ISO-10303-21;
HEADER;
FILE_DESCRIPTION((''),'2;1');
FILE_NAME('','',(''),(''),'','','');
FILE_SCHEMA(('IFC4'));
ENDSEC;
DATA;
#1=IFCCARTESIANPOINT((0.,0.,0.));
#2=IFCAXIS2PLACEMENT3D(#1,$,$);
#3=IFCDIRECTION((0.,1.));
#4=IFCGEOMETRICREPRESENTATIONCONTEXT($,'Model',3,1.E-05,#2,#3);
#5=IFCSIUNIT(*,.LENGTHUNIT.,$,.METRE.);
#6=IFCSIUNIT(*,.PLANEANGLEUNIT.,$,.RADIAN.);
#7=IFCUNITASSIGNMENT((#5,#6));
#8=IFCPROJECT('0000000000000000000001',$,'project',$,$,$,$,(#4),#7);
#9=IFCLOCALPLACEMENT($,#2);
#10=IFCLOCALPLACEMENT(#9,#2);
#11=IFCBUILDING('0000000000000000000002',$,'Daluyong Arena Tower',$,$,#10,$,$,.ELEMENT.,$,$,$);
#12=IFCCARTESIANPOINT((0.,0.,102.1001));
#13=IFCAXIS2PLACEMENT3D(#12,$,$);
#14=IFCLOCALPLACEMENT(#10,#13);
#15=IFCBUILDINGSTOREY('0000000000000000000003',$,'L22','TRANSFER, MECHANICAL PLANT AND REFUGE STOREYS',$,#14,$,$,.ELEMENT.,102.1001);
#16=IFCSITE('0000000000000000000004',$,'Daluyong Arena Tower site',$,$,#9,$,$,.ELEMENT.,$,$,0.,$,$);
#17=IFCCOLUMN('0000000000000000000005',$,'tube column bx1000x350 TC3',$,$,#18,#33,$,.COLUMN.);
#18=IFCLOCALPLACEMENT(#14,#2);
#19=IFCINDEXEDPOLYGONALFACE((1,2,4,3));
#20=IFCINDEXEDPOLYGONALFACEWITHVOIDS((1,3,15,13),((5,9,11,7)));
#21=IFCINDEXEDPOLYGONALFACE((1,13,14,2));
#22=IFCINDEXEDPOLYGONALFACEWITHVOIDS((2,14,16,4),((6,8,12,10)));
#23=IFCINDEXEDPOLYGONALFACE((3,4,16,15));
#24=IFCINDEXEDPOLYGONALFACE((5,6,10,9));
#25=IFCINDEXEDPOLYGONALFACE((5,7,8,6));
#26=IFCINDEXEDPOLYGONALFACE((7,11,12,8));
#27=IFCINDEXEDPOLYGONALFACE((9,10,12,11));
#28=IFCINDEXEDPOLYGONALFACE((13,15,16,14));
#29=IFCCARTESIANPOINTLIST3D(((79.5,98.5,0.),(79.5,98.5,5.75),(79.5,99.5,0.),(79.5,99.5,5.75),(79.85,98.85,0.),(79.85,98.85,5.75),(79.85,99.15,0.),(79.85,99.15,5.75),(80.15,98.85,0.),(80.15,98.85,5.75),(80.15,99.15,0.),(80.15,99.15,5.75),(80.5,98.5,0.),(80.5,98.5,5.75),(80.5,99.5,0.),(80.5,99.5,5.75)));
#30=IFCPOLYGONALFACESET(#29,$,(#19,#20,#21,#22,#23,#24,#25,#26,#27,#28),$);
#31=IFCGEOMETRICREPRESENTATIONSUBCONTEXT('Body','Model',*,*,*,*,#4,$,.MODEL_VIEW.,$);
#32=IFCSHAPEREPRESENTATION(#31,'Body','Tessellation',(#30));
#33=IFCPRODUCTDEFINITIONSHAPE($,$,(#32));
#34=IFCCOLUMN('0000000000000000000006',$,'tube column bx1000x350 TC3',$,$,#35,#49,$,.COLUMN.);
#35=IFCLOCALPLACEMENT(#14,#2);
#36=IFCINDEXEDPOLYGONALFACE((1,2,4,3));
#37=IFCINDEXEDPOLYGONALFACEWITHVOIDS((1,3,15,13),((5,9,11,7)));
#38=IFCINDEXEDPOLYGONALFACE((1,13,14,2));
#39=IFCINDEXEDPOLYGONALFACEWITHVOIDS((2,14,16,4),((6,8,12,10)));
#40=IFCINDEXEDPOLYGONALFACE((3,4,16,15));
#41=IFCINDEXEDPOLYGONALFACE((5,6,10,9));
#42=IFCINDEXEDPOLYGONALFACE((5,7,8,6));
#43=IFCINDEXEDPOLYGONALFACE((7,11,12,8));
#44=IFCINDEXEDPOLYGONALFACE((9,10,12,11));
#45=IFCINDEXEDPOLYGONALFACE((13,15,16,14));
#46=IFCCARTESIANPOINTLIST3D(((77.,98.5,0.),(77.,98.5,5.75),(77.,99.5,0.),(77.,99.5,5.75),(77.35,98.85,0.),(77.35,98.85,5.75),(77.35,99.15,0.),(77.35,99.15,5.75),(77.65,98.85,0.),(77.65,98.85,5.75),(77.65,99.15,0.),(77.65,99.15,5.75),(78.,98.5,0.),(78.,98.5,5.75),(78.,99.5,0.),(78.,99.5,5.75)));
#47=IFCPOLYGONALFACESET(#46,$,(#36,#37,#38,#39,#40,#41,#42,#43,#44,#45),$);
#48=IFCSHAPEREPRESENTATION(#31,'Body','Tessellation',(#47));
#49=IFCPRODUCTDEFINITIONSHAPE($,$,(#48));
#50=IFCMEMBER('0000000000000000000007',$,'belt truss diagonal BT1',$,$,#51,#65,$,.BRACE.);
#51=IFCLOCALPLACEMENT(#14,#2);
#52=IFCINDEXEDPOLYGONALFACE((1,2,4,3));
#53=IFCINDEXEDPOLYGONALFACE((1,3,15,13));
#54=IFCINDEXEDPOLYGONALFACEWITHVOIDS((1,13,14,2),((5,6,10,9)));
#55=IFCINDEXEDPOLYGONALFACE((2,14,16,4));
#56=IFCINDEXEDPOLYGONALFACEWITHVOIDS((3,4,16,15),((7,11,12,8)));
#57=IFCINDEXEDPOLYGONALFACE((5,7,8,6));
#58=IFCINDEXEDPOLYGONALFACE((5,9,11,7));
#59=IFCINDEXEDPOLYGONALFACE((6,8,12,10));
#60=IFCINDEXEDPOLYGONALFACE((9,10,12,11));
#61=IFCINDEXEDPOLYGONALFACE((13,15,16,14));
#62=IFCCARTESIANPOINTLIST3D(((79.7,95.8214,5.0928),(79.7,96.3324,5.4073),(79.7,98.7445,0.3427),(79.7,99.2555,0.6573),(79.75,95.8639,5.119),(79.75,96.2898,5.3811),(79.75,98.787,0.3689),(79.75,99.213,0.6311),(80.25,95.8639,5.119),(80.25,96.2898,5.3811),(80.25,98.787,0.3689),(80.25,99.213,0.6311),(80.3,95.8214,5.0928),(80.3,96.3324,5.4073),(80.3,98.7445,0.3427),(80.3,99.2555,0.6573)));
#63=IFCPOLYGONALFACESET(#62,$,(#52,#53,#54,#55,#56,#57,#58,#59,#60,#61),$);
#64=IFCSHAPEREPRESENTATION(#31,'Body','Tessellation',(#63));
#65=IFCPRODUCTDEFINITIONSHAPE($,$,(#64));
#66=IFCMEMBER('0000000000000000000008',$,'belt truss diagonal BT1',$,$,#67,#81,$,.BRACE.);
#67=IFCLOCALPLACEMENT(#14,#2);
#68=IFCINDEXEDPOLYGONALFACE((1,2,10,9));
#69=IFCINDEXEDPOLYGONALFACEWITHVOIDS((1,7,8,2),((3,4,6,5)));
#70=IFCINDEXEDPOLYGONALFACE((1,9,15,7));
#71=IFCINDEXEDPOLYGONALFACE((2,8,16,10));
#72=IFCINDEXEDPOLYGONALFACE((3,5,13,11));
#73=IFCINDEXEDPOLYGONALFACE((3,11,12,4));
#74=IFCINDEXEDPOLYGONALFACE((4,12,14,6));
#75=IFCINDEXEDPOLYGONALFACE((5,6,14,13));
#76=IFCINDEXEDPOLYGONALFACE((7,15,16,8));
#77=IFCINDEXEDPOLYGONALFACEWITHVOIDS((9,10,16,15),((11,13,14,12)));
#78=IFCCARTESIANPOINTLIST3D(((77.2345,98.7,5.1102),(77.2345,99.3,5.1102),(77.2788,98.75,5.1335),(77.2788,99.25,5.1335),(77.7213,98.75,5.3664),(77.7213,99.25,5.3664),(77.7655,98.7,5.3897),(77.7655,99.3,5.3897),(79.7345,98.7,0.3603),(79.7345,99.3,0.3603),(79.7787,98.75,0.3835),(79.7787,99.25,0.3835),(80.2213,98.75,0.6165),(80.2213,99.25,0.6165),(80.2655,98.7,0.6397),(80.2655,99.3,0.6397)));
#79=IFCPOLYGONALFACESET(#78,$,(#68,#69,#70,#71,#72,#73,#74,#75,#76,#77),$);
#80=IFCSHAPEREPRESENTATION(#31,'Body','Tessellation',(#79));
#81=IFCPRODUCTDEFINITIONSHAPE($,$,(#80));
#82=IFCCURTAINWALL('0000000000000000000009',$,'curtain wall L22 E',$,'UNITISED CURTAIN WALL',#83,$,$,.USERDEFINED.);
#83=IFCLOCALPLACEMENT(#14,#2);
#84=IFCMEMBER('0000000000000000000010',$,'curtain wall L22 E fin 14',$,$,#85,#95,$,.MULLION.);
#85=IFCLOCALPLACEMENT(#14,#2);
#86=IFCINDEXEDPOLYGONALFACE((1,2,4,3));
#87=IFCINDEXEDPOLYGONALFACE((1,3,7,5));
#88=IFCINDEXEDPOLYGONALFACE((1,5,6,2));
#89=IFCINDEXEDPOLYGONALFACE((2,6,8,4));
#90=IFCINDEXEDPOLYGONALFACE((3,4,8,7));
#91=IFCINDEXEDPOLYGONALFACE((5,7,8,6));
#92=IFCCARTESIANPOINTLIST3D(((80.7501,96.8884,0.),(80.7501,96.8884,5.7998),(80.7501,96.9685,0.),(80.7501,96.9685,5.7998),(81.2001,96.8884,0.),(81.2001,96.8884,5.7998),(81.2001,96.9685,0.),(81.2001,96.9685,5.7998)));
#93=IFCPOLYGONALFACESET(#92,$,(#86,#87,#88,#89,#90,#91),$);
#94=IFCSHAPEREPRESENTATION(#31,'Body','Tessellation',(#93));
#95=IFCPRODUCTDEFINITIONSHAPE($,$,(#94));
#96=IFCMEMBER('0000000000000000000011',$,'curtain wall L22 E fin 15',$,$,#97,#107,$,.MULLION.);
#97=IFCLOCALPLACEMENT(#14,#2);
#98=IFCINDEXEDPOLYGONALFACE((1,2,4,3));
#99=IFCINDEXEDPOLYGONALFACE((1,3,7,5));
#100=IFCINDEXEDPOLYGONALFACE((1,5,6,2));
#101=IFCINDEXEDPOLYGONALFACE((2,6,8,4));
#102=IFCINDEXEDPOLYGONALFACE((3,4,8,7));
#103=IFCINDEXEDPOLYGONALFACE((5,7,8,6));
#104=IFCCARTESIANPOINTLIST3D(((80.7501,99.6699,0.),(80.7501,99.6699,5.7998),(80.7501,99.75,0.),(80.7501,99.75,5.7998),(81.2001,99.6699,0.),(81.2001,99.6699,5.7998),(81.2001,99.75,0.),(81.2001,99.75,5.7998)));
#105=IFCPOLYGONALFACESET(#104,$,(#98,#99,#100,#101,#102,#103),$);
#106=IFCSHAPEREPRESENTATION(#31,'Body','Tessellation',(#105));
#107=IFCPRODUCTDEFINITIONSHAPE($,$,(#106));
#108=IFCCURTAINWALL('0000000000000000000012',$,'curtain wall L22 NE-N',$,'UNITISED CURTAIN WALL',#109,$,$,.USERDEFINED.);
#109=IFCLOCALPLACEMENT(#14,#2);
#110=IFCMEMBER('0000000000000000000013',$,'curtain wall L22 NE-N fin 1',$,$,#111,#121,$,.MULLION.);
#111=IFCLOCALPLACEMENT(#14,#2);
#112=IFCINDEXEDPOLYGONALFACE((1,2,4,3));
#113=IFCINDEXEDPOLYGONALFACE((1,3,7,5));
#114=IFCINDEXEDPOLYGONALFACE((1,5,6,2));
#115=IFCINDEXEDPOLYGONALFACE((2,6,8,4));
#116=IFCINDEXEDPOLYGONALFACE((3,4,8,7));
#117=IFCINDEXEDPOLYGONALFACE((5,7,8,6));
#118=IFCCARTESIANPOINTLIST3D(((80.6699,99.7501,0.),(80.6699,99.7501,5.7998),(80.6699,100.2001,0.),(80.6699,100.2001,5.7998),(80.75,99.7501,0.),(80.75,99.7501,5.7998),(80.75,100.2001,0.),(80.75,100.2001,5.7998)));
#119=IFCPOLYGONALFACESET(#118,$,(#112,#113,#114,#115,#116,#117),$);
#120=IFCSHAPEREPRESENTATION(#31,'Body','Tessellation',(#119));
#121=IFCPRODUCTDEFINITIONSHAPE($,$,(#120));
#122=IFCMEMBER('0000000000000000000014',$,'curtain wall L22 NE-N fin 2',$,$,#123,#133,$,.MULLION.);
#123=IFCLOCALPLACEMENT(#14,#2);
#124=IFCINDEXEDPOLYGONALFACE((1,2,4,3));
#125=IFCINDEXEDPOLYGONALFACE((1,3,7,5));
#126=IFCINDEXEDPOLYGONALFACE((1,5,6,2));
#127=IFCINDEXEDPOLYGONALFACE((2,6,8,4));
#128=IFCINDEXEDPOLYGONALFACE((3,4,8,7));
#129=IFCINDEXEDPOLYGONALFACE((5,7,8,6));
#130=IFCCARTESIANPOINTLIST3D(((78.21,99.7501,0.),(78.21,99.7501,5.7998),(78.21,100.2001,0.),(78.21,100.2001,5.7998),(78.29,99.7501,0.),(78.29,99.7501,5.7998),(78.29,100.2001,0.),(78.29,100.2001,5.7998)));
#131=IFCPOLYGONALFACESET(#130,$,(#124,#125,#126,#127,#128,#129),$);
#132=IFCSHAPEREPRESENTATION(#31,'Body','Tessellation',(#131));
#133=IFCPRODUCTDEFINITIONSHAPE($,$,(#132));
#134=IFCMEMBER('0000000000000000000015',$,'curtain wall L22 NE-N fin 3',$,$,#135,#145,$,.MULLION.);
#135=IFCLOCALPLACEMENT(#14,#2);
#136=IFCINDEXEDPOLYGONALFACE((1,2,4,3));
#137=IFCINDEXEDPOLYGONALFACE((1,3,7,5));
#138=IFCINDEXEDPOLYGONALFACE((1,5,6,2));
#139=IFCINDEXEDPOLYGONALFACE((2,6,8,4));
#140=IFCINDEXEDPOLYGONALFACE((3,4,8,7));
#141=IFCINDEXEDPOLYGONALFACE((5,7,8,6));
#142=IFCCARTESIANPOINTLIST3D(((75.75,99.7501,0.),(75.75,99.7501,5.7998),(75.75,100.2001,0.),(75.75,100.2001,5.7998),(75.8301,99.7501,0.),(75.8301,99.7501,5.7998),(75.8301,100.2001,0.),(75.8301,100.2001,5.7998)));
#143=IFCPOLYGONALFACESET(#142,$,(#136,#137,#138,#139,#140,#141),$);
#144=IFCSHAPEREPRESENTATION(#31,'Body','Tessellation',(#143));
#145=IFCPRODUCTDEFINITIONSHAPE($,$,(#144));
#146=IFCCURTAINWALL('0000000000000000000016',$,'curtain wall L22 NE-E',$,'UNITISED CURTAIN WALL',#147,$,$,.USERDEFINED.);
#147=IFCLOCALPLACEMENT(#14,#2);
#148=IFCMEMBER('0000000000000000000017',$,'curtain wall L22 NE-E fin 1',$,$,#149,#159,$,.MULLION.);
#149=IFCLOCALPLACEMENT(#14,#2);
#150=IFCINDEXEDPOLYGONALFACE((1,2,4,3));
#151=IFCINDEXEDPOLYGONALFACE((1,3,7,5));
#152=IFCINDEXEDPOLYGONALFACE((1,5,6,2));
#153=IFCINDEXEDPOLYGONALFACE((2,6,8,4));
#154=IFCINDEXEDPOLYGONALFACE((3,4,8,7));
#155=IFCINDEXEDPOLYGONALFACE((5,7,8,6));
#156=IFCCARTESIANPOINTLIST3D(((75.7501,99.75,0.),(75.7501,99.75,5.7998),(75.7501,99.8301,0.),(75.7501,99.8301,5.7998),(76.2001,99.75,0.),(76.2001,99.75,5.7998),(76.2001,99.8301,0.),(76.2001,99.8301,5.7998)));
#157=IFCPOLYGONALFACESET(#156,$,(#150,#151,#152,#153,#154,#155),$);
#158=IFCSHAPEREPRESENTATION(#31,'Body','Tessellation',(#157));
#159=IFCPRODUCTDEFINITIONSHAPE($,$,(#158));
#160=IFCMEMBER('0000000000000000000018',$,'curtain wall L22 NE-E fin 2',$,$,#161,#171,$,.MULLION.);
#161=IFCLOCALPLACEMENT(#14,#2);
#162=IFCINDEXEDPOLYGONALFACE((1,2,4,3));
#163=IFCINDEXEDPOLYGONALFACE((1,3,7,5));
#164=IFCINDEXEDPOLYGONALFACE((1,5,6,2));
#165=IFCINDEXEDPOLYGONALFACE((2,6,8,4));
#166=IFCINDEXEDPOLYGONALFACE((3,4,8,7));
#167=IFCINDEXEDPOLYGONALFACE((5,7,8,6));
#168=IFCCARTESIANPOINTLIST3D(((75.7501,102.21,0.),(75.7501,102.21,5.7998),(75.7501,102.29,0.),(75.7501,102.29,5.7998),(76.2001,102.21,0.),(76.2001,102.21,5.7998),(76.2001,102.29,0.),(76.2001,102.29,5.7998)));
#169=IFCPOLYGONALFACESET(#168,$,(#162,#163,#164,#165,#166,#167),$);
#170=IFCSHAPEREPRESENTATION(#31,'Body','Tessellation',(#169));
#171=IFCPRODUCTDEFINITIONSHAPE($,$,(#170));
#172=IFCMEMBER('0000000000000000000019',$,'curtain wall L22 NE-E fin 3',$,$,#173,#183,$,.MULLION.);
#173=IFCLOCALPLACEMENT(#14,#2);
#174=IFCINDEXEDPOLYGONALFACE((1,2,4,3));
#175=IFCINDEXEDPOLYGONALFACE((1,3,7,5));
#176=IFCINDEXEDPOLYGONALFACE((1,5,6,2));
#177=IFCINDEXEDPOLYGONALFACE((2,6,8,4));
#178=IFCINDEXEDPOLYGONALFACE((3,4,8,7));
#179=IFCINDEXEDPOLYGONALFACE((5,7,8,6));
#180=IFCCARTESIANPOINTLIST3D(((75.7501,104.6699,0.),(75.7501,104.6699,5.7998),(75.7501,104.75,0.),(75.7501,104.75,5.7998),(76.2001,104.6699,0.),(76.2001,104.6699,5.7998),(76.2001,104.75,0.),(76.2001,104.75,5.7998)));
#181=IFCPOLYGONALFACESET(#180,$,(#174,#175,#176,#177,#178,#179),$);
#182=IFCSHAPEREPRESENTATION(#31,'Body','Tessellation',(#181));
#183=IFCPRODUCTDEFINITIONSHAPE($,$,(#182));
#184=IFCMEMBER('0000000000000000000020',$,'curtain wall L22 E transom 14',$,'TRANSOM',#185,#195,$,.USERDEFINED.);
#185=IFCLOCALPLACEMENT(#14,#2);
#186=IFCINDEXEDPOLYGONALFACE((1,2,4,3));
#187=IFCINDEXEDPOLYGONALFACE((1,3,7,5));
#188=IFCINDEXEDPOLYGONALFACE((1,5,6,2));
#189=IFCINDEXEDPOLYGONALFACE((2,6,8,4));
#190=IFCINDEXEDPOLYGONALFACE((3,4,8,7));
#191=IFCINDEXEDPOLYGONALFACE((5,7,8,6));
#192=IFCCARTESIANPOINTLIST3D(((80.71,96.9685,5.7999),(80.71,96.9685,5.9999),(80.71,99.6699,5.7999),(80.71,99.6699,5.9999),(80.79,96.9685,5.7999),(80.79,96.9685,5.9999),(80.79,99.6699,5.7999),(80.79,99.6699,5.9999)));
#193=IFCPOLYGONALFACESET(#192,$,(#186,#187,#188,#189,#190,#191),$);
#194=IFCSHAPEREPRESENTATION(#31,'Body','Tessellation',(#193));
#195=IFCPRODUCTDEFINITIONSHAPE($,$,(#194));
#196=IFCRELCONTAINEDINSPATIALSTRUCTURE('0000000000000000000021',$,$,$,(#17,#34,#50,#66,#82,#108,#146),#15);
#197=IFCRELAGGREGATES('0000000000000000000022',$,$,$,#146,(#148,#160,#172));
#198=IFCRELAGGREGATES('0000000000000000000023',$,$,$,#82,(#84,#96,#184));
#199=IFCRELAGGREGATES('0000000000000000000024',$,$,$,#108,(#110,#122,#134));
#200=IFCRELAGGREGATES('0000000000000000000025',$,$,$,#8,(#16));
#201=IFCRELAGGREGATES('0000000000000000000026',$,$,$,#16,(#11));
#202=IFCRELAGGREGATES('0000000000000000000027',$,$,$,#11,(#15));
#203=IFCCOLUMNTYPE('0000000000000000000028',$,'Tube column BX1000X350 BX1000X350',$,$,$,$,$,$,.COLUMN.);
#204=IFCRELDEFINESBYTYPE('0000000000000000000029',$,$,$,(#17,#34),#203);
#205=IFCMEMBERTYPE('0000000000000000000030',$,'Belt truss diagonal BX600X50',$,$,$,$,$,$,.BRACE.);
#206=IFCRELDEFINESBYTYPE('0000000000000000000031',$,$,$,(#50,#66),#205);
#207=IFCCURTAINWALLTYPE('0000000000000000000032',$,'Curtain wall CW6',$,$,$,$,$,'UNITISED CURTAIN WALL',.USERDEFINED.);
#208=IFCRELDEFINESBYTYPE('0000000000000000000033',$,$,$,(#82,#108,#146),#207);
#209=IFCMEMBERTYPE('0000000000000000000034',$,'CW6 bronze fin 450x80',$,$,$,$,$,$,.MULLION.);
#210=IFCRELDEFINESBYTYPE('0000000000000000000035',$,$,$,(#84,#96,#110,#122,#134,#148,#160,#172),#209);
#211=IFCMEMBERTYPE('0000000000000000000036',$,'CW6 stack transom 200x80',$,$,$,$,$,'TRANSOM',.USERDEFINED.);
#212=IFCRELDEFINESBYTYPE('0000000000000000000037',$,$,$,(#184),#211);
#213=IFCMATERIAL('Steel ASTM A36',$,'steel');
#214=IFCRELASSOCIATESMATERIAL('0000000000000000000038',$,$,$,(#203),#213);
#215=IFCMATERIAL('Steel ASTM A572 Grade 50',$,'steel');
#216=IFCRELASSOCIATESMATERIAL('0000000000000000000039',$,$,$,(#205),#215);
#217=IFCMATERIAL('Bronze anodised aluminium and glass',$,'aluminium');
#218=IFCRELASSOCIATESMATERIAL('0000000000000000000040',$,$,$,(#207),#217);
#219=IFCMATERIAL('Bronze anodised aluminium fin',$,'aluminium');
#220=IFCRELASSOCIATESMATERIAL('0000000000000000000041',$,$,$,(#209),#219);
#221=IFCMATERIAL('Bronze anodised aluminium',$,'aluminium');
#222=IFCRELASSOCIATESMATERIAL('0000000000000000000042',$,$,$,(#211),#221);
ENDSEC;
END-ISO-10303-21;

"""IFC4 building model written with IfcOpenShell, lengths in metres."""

from ifc_helpers import new_model, si_unit, direction, frame, origin, origin_2d, place, context, subcontext, project, spatial, rectangle, hollow_rectangle, extrude, material, material_profile, profile_set, type_object, element, aggregate, save


model = new_model("IFC4")

# Units and contexts
model_context = context("Model", 3, precision=1e-05, world=origin(), true_north=direction((0.0, 1.0)))
body_context = subcontext(model_context, "Body", "Model", "MODEL_VIEW")
ifc_project = project(units=[si_unit("LENGTHUNIT", "METRE"), si_unit("PLANEANGLEUNIT", "RADIAN")], contexts=[model_context])

# Site, building, storey
site_placement = place(None, origin())
site = spatial("IfcSite", under=ifc_project, at=site_placement, Name="Daluyong Arena Tower site", CompositionType="ELEMENT", RefElevation=0.0)
building_placement = place(site_placement, origin())
building = spatial("IfcBuilding", under=site, at=building_placement, Name="Daluyong Arena Tower", CompositionType="ELEMENT")
storey_placement = place(building_placement, frame((0.0, 0.0, 102.1001)))
storey = spatial("IfcBuildingStorey", under=building, at=storey_placement, Name="L22", Description="TRANSFER, MECHANICAL PLANT AND REFUGE STOREYS", CompositionType="ELEMENT", Elevation=102.1001)

# Columns
ifc_material_1 = material(Name="Steel ASTM A36", Category="steel")
ifc_material_profile_1 = material_profile(ifc_material_1, hollow_rectangle(XDim=1.0, YDim=1.0, WallThickness=0.35, at=origin_2d()))
ifc_profile_set_1 = profile_set([ifc_material_profile_1], Name="Steel ASTM A36")
column_type = type_object("IfcColumnType", Name="Tube column BX1000X350 BX1000X350", PredefinedType="COLUMN", material=ifc_profile_set_1)
for number, where, z_axis, x_axis, name in (
    (1, (80.0, 99.0, 0.0), (0.0, 0.0, 1.0), (1.0, 0.0, 0.0), "tube column bx1000x350 TC3"),
    (2, (77.5, 99.0, 0.0), (0.0, 0.0, 1.0), (1.0, 0.0, 0.0), "tube column bx1000x350 TC3"),
):
    element("IfcColumn", number, at=place(storey_placement, frame(where, z_axis=z_axis, x_axis=x_axis)), inside=storey, type_object=column_type, Name=name, PredefinedType="COLUMN", context=body_context, shape_type="SweptSolid", body=[
        extrude(hollow_rectangle(XDim=1.0, YDim=1.0, WallThickness=0.35, at=origin_2d()), origin(), (0.0, 0.0, 1.0), 5.75),
    ])

# Members
ifc_material_2 = material(Name="Steel ASTM A572 Grade 50", Category="steel")
ifc_material_profile_2 = material_profile(ifc_material_2, hollow_rectangle(XDim=0.6001, YDim=0.6001, WallThickness=0.05, at=origin_2d()))
ifc_profile_set_2 = profile_set([ifc_material_profile_2], Name="Steel ASTM A572 Grade 50")
member_type_1 = type_object("IfcMemberType", Name="Belt truss diagonal BX600X50", PredefinedType="BRACE", material=ifc_profile_set_2)
member_1_placement = place(storey_placement, frame((80.0, 99.0, 0.5), z_axis=(0.0, -0.5241, 0.851657), x_axis=(1.0, 0.0, 0.0)))
element("IfcMember", 3, at=member_1_placement, inside=storey, type_object=member_type_1, Name="belt truss diagonal BT1", PredefinedType="BRACE", context=body_context, shape_type="SweptSolid", body=[
    extrude(hollow_rectangle(XDim=0.6001, YDim=0.6001, WallThickness=0.05, at=origin_2d()), origin(), (0.0, 0.0, 1.0), 5.5774),
])
member_2_placement = place(storey_placement, frame((80.0, 99.0, 0.5), z_axis=(-0.465746, 0.0, 0.884918), x_axis=(0.0, -1.0, 0.0)))
element("IfcMember", 4, at=member_2_placement, inside=storey, type_object=member_type_1, Name="belt truss diagonal BT1", PredefinedType="BRACE", context=body_context, shape_type="SweptSolid", body=[
    extrude(hollow_rectangle(XDim=0.6001, YDim=0.6001, WallThickness=0.05, at=origin_2d()), origin(), (0.0, 0.0, 1.0), 5.3677),
])

# Curtain walls, members
ifc_material_3 = material(Name="Bronze anodised aluminium and glass", Category="aluminium")
curtain_wall_type = type_object("IfcCurtainWallType", Name="Curtain wall CW6", ElementType="UNITISED CURTAIN WALL", PredefinedType="USERDEFINED", material=ifc_material_3)
curtain_wall_1_placement = place(storey_placement, origin())
curtain_wall_1 = element("IfcCurtainWall", 5, at=curtain_wall_1_placement, inside=storey, type_object=curtain_wall_type, Name="curtain wall L22 E", ObjectType="UNITISED CURTAIN WALL", PredefinedType="USERDEFINED")
ifc_material_4 = material(Name="Bronze anodised aluminium fin", Category="aluminium")
ifc_material_profile_3 = material_profile(ifc_material_4, rectangle(XDim=0.45, YDim=0.0801, at=origin_2d()))
ifc_profile_set_3 = profile_set([ifc_material_profile_3], Name="Bronze anodised aluminium fin")
member_type_2 = type_object("IfcMemberType", Name="CW6 bronze fin 450x80", PredefinedType="MULLION", material=ifc_profile_set_3)
member_3_placement = place(storey_placement, frame((80.9751, 96.9285, 0.0), z_axis=(0.0, 0.0, 1.0), x_axis=(-1.0, 0.0, 0.0)))
member_3 = element("IfcMember", 6, at=member_3_placement, type_object=member_type_2, Name="curtain wall L22 E fin 14", PredefinedType="MULLION", context=body_context, shape_type="SweptSolid", body=[
    extrude(rectangle(XDim=0.45, YDim=0.0801, at=origin_2d()), origin(), (0.0, 0.0, 1.0), 5.7998),
])
member_4_placement = place(storey_placement, frame((80.9751, 99.71, 0.0), z_axis=(0.0, 0.0, 1.0), x_axis=(-1.0, 0.0, 0.0)))
member_4 = element("IfcMember", 7, at=member_4_placement, type_object=member_type_2, Name="curtain wall L22 E fin 15", PredefinedType="MULLION", context=body_context, shape_type="SweptSolid", body=[
    extrude(rectangle(XDim=0.45, YDim=0.0801, at=origin_2d()), origin(), (0.0, 0.0, 1.0), 5.7998),
])
curtain_wall_2_placement = place(storey_placement, origin())
curtain_wall_2 = element("IfcCurtainWall", 8, at=curtain_wall_2_placement, inside=storey, type_object=curtain_wall_type, Name="curtain wall L22 NE-N", ObjectType="UNITISED CURTAIN WALL", PredefinedType="USERDEFINED")
member_5_placement = place(storey_placement, frame((80.71, 99.9751, 0.0), z_axis=(0.0, 0.0, 1.0), x_axis=(0.0, -1.0, 0.0)))
member_5 = element("IfcMember", 9, at=member_5_placement, type_object=member_type_2, Name="curtain wall L22 NE-N fin 1", PredefinedType="MULLION", context=body_context, shape_type="SweptSolid", body=[
    extrude(rectangle(XDim=0.45, YDim=0.0801, at=origin_2d()), origin(), (0.0, 0.0, 1.0), 5.7998),
])
member_6_placement = place(storey_placement, frame((78.25, 99.9751, 0.0), z_axis=(0.0, 0.0, 1.0), x_axis=(0.0, -1.0, 0.0)))
member_6 = element("IfcMember", 10, at=member_6_placement, type_object=member_type_2, Name="curtain wall L22 NE-N fin 2", PredefinedType="MULLION", context=body_context, shape_type="SweptSolid", body=[
    extrude(rectangle(XDim=0.45, YDim=0.0801, at=origin_2d()), origin(), (0.0, 0.0, 1.0), 5.7998),
])
member_7_placement = place(storey_placement, frame((75.79, 99.9751, 0.0), z_axis=(0.0, 0.0, 1.0), x_axis=(0.0, -1.0, 0.0)))
member_7 = element("IfcMember", 11, at=member_7_placement, type_object=member_type_2, Name="curtain wall L22 NE-N fin 3", PredefinedType="MULLION", context=body_context, shape_type="SweptSolid", body=[
    extrude(rectangle(XDim=0.45, YDim=0.0801, at=origin_2d()), origin(), (0.0, 0.0, 1.0), 5.7998),
])
curtain_wall_3_placement = place(storey_placement, origin())
curtain_wall_3 = element("IfcCurtainWall", 12, at=curtain_wall_3_placement, inside=storey, type_object=curtain_wall_type, Name="curtain wall L22 NE-E", ObjectType="UNITISED CURTAIN WALL", PredefinedType="USERDEFINED")
member_8_placement = place(storey_placement, frame((75.9751, 99.79, 0.0), z_axis=(0.0, 0.0, 1.0), x_axis=(-1.0, 0.0, 0.0)))
member_8 = element("IfcMember", 13, at=member_8_placement, type_object=member_type_2, Name="curtain wall L22 NE-E fin 1", PredefinedType="MULLION", context=body_context, shape_type="SweptSolid", body=[
    extrude(rectangle(XDim=0.45, YDim=0.0801, at=origin_2d()), origin(), (0.0, 0.0, 1.0), 5.7998),
])
member_9_placement = place(storey_placement, frame((75.9751, 102.25, 0.0), z_axis=(0.0, 0.0, 1.0), x_axis=(-1.0, 0.0, 0.0)))
member_9 = element("IfcMember", 14, at=member_9_placement, type_object=member_type_2, Name="curtain wall L22 NE-E fin 2", PredefinedType="MULLION", context=body_context, shape_type="SweptSolid", body=[
    extrude(rectangle(XDim=0.45, YDim=0.0801, at=origin_2d()), origin(), (0.0, 0.0, 1.0), 5.7998),
])
member_10_placement = place(storey_placement, frame((75.9751, 104.71, 0.0), z_axis=(0.0, 0.0, 1.0), x_axis=(-1.0, 0.0, 0.0)))
member_10 = element("IfcMember", 15, at=member_10_placement, type_object=member_type_2, Name="curtain wall L22 NE-E fin 3", PredefinedType="MULLION", context=body_context, shape_type="SweptSolid", body=[
    extrude(rectangle(XDim=0.45, YDim=0.0801, at=origin_2d()), origin(), (0.0, 0.0, 1.0), 5.7998),
])
aggregate(curtain_wall_3, [member_8, member_9, member_10])

# Member
ifc_material_5 = material(Name="Bronze anodised aluminium", Category="aluminium")
ifc_material_profile_4 = material_profile(ifc_material_5, rectangle(XDim=0.0801, YDim=0.2, at=origin_2d()))
ifc_profile_set_4 = profile_set([ifc_material_profile_4], Name="Bronze anodised aluminium")
member_type_3 = type_object("IfcMemberType", Name="CW6 stack transom 200x80", ElementType="TRANSOM", PredefinedType="USERDEFINED", material=ifc_profile_set_4)
member_11_placement = place(storey_placement, frame((80.75, 96.9685, 5.8999), z_axis=(0.0, 1.0, 0.0), x_axis=(-1.0, 0.0, 0.0)))
member_11 = element("IfcMember", 16, at=member_11_placement, type_object=member_type_3, Name="curtain wall L22 E transom 14", ObjectType="TRANSOM", PredefinedType="USERDEFINED", context=body_context, shape_type="SweptSolid", body=[
    extrude(rectangle(XDim=0.0801, YDim=0.2, at=origin_2d()), origin(), (0.0, 0.0, 1.0), 2.7014),
])

aggregate(curtain_wall_1, [member_3, member_4, member_11])
aggregate(curtain_wall_2, [member_5, member_6, member_7])

save(model, "model.ifc")
